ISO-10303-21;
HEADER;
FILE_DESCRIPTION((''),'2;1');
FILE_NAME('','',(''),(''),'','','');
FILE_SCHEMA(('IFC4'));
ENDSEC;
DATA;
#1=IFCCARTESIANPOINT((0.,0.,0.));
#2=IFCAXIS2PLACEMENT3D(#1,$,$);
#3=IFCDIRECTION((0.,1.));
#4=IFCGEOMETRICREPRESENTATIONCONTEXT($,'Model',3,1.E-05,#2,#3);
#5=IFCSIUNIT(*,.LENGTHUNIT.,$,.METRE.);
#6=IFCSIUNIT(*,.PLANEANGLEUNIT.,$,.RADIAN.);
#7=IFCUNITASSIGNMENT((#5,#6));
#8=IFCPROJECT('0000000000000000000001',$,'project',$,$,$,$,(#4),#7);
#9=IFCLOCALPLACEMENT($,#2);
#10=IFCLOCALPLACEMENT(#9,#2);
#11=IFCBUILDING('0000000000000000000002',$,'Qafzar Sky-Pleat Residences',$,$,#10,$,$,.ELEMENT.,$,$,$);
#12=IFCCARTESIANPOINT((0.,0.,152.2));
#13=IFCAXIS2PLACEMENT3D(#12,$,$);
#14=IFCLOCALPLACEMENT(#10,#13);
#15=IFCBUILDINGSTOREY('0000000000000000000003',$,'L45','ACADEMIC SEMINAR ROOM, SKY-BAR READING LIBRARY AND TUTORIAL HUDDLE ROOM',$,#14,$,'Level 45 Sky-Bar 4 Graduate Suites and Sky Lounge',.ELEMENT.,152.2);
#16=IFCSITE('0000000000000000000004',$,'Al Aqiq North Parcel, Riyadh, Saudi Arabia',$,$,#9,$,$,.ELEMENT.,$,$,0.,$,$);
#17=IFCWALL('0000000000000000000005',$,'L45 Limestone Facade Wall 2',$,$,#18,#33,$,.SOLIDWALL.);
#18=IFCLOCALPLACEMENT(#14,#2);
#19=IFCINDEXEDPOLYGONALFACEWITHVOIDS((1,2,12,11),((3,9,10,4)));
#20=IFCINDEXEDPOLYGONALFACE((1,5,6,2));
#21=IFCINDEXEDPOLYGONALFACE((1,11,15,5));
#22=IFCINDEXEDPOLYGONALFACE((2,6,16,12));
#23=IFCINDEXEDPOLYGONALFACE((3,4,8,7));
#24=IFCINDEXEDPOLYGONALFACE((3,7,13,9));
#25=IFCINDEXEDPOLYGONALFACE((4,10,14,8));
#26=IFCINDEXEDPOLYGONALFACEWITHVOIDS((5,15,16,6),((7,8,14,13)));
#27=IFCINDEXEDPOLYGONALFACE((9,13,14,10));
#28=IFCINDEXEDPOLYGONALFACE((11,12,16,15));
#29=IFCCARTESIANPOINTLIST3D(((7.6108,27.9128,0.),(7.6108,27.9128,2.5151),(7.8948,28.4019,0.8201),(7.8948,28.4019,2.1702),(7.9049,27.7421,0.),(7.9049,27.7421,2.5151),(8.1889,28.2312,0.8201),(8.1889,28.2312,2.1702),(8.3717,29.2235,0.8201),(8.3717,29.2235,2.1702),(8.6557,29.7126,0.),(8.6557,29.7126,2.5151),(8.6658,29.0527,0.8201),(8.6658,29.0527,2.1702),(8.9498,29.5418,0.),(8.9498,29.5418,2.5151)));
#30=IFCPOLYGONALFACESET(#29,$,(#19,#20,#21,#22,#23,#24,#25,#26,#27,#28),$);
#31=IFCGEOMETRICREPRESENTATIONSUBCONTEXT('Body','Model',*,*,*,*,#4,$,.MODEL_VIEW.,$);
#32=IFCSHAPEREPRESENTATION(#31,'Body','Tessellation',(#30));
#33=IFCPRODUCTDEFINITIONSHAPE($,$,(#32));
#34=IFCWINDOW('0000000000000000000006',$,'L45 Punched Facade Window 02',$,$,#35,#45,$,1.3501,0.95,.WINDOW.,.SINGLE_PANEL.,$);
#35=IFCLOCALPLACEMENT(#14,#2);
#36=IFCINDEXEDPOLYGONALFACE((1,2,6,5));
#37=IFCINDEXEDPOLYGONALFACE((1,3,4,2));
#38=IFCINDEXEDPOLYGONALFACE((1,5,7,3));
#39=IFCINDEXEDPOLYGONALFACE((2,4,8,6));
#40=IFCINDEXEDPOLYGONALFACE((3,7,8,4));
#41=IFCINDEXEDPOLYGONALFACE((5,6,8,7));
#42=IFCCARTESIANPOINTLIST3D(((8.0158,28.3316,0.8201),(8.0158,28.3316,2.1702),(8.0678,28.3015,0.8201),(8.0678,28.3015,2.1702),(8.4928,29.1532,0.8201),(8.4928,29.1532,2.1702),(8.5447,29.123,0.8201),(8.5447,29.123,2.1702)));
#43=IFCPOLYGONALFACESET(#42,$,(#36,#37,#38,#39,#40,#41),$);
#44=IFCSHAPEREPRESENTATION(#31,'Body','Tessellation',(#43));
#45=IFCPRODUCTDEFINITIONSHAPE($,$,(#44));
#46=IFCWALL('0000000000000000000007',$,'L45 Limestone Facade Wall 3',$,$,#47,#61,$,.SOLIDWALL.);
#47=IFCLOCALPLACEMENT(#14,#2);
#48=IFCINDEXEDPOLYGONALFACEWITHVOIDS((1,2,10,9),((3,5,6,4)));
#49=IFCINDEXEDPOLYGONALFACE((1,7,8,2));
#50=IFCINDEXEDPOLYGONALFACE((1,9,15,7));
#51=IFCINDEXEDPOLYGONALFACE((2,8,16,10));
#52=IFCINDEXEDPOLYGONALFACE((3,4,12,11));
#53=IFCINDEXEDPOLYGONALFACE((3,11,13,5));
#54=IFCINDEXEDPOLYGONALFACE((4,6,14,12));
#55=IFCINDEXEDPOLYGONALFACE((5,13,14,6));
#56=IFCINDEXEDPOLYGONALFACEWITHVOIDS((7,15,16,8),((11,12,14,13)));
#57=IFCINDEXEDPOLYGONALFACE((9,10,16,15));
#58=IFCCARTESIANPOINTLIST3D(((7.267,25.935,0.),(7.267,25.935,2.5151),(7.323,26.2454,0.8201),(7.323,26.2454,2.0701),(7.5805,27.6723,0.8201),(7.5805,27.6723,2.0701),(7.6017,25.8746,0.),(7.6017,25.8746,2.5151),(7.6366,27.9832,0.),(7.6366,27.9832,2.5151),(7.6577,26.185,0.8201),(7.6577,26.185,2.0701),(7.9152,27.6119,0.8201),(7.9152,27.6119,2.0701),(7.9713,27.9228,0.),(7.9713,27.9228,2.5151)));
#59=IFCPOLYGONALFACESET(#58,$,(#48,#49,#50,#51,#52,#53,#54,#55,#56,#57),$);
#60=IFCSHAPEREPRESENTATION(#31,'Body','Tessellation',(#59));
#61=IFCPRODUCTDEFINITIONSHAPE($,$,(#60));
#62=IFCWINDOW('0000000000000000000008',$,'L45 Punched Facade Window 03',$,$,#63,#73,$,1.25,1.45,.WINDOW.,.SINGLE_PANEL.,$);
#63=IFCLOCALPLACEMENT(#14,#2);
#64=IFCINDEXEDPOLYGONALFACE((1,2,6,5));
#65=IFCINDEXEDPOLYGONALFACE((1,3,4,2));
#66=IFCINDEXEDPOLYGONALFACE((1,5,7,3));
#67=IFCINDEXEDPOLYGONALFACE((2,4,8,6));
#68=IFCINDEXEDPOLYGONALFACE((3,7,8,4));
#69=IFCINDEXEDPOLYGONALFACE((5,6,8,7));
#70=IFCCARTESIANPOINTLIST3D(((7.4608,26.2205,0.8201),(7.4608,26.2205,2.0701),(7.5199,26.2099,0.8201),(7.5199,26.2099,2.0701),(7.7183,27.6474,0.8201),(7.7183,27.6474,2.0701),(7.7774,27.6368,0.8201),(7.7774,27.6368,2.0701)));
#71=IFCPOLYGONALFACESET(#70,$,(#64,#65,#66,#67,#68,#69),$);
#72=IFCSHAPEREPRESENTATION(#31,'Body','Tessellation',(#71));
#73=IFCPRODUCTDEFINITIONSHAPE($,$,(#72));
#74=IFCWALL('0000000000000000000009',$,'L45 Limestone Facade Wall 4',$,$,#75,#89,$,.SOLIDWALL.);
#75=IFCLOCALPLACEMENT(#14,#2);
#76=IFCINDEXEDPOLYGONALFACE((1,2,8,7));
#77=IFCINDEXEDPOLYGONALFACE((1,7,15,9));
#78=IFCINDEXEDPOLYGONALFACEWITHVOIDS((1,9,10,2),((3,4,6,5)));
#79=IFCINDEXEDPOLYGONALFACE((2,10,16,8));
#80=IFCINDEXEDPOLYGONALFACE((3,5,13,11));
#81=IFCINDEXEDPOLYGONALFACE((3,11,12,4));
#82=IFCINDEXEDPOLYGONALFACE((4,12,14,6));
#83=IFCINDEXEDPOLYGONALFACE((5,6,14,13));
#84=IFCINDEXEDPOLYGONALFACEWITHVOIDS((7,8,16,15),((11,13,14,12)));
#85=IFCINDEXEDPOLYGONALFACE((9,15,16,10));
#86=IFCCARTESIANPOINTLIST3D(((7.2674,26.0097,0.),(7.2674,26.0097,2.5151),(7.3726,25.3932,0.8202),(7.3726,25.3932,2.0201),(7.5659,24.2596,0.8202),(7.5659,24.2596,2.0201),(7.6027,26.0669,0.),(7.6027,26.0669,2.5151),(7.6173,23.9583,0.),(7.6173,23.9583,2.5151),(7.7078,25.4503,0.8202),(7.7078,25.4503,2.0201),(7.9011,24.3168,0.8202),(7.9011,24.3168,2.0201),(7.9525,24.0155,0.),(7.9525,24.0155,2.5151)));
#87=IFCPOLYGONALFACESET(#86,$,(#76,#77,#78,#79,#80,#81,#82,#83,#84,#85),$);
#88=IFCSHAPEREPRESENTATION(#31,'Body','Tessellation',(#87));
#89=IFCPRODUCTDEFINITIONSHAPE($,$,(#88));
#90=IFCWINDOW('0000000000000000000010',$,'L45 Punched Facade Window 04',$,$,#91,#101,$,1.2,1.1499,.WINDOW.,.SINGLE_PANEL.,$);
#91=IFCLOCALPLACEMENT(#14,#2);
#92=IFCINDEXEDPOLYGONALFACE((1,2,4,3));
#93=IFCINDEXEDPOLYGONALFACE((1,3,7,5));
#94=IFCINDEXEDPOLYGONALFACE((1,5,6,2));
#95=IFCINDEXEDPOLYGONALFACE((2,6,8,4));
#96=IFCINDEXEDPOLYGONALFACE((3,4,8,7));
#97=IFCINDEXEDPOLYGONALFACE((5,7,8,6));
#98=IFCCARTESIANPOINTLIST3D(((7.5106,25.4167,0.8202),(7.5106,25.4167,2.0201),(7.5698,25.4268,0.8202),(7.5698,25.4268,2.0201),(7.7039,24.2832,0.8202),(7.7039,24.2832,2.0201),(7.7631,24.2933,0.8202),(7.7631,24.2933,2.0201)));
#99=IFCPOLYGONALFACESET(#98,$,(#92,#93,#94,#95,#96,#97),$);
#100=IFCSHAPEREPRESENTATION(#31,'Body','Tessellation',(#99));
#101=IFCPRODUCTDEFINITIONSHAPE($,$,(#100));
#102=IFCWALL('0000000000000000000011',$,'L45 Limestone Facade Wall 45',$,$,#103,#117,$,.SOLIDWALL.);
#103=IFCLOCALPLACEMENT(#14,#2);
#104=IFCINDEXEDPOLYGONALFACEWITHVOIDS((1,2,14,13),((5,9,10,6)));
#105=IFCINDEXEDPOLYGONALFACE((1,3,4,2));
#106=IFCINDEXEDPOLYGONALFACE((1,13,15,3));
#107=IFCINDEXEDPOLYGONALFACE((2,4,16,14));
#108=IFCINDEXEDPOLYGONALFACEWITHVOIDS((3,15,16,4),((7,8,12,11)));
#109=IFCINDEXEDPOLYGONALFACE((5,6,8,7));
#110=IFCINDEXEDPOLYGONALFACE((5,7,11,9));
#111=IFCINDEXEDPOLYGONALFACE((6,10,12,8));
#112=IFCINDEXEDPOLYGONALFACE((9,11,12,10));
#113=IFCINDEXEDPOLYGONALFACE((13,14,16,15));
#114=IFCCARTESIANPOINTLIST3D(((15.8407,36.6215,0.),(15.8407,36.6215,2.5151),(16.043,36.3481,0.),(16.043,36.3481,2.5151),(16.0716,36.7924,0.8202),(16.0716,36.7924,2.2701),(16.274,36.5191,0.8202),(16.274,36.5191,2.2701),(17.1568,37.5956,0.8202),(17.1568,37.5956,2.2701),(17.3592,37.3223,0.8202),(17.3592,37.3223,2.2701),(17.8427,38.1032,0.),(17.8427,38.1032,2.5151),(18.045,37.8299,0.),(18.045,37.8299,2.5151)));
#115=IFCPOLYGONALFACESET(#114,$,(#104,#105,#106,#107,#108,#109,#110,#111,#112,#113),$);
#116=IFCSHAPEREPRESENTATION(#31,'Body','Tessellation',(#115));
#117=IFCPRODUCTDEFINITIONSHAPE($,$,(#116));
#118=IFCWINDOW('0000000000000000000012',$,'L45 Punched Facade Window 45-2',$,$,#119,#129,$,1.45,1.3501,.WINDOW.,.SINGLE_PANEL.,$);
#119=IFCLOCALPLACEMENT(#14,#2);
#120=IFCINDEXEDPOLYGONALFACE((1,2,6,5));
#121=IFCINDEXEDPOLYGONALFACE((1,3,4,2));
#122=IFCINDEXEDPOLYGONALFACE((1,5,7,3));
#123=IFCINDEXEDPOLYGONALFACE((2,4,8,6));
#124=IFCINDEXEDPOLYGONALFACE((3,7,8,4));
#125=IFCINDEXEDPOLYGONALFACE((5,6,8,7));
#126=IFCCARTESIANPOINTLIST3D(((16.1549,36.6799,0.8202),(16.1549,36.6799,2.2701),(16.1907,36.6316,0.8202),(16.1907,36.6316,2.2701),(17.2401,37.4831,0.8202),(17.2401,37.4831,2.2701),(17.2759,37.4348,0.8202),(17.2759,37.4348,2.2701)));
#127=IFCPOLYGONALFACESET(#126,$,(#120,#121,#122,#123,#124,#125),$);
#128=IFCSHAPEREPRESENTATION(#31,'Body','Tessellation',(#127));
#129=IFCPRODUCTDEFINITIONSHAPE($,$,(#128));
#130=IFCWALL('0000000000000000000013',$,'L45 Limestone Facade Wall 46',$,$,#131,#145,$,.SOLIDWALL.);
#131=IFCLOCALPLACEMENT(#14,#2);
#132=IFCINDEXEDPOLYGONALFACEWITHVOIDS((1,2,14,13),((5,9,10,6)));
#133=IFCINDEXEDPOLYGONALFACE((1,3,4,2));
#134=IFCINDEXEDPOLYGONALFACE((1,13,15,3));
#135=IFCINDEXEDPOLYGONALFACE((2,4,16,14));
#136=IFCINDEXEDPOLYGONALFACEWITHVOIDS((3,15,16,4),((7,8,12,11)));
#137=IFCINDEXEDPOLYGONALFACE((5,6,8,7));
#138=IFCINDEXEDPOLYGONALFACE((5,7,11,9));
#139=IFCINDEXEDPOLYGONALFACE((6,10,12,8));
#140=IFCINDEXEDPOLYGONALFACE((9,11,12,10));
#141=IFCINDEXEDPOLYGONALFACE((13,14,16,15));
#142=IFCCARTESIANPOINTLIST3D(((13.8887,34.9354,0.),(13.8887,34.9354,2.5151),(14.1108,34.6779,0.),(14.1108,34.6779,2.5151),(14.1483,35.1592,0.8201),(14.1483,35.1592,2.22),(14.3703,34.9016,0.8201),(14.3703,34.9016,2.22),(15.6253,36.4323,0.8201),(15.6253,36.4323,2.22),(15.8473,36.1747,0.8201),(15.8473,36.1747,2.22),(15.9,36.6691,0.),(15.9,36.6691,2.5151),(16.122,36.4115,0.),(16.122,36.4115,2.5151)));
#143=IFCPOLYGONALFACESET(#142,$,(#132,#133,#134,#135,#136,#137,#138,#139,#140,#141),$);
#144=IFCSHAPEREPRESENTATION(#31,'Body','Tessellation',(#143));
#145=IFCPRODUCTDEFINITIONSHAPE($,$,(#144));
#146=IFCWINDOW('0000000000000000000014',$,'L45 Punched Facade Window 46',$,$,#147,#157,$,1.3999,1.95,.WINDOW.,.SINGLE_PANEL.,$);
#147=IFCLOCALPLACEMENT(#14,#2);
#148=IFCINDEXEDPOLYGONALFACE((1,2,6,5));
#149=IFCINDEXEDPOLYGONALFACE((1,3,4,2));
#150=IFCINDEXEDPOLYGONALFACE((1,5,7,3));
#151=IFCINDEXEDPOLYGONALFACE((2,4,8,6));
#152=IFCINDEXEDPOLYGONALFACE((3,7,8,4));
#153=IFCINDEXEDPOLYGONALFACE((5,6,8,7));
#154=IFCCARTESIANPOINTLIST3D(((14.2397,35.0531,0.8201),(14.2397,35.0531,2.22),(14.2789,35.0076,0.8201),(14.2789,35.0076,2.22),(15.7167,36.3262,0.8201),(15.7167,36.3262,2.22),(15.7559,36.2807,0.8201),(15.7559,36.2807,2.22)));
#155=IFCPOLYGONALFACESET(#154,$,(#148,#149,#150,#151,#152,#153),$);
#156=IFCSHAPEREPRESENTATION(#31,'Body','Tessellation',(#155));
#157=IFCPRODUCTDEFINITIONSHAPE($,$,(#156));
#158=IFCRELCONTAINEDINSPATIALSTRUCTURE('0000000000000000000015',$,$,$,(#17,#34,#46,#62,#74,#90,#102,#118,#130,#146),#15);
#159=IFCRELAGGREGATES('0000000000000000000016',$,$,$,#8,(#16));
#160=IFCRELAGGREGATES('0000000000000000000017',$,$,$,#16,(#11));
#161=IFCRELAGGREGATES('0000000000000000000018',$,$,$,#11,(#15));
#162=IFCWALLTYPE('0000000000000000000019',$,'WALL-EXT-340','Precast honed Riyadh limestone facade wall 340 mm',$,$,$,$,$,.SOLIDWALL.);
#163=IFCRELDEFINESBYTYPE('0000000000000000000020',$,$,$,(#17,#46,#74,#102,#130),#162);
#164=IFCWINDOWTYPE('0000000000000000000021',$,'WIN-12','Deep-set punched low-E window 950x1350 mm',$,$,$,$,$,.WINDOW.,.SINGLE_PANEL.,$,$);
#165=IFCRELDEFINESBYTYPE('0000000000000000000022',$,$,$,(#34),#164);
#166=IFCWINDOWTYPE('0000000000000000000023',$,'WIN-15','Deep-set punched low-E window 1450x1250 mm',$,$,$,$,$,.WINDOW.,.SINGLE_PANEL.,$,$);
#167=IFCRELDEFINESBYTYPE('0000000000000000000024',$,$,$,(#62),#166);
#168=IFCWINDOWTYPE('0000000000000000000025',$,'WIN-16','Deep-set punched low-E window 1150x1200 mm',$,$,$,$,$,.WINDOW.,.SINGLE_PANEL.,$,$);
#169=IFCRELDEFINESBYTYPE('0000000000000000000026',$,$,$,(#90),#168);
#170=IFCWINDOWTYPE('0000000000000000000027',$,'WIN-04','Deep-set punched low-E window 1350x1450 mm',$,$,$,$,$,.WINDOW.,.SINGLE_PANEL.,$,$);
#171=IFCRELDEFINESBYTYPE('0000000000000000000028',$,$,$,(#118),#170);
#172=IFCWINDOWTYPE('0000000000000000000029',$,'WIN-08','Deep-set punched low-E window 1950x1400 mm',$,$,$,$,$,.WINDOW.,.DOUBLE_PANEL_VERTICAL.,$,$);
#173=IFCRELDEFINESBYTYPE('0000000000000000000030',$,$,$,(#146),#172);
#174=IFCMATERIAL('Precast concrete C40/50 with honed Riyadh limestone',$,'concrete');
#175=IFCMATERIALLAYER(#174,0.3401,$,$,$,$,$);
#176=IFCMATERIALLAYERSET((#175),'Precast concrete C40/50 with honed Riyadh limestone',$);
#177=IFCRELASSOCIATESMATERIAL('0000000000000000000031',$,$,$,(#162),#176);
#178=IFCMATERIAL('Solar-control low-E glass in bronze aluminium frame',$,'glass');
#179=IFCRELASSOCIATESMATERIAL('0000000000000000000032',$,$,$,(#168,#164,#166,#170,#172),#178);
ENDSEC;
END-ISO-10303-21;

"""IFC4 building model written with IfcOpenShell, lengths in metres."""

from ifc_helpers import new_model, si_unit, direction, frame, frame_2d, origin, place, context, subcontext, project, spatial, rectangle, extrude, source, transform, mapped, material, layer, layer_set, type_object, element, fill, save


model = new_model("IFC4")

# Units and contexts
model_context = context("Model", 3, precision=1e-05, world=origin(), true_north=direction((0.0, 1.0)))
body_context = subcontext(model_context, "Body", "Model", "MODEL_VIEW")
ifc_project = project(units=[si_unit("LENGTHUNIT", "METRE"), si_unit("PLANEANGLEUNIT", "RADIAN")], contexts=[model_context])

# Site, building, storey
site_placement = place(None, origin())
site = spatial("IfcSite", under=ifc_project, at=site_placement, Name="Al Aqiq North Parcel, Riyadh, Saudi Arabia", CompositionType="ELEMENT", RefElevation=0.0)
building_placement = place(site_placement, origin())
building = spatial("IfcBuilding", under=site, at=building_placement, Name="Qafzar Sky-Pleat Residences", CompositionType="ELEMENT")
storey_placement = place(building_placement, frame((0.0, 0.0, 152.2)))
storey = spatial("IfcBuildingStorey", under=building, at=storey_placement, Name="L45", Description="ACADEMIC SEMINAR ROOM, SKY-BAR READING LIBRARY AND TUTORIAL HUDDLE ROOM", LongName="Level 45 Sky-Bar 4 Graduate Suites and Sky Lounge", CompositionType="ELEMENT", Elevation=152.2)

# Walls, openings, windows
ifc_material_1 = material(Name="Precast concrete C40/50 with honed Riyadh limestone", Category="concrete")
ifc_layer_1 = layer(ifc_material_1, 0.3401)
ifc_layer_set_1 = layer_set([ifc_layer_1], Name="Precast concrete C40/50 with honed Riyadh limestone")
wall_type_1 = type_object("IfcWallType", Name="WALL-EXT-340", Description="Precast honed Riyadh limestone facade wall 340 mm", PredefinedType="SOLIDWALL", material=ifc_layer_set_1)
ifc_material_2 = material(Name="Solar-control low-E glass in bronze aluminium frame", Category="glass")
window_type_1 = type_object("IfcWindowType", Name="WIN-16", Description="Deep-set punched low-E window 1150x1200 mm", PartitioningType="SINGLE_PANEL", PredefinedType="WINDOW", material=ifc_material_2)
shared_shape_1 = source(origin(), body_context, "Body", "SweptSolid", [
    extrude(rectangle(XDim=1.1499, YDim=1.2, at=frame_2d((0.575, 0.6001))), frame((0.0, 0.03, 0.0), z_axis=(0.0, -1.0, 0.0), x_axis=(1.0, 0.0, 0.0)), (0.0, 0.0, 1.0), 0.0601),
])
wall_1_placement = place(storey_placement, frame((8.8027, 29.6272, 0.0), z_axis=(0.0, 0.0, 1.0), x_axis=(-0.50209, -0.864815, 0.0)))
wall_1 = element("IfcWall", 1, at=wall_1_placement, inside=storey, type_object=wall_type_1, Name="L45 Limestone Facade Wall 2", PredefinedType="SOLIDWALL", context=body_context, shape_type="SweptSolid", body=[
    extrude(rectangle(XDim=2.0811, YDim=0.3401, at=frame_2d((1.0405, 0.0))), origin(), (0.0, 0.0, 1.0), 2.5151),
])
opening_1_placement = place(wall_1_placement, frame((0.5654, 0.0, 0.8201)))
opening_1 = element("IfcOpeningElement", 2, at=opening_1_placement, cuts=wall_1, PredefinedType="OPENING", context=body_context, shape_type="SweptSolid", body=[
    extrude(rectangle(XDim=0.95, YDim=1.3501, at=frame_2d((0.4751, 0.675))), frame((0.0, 0.1802, 0.0), z_axis=(0.0, -1.0, 0.0), x_axis=(1.0, 0.0, 0.0)), (0.0, 0.0, 1.0), 0.3601),
])
window_type_2 = type_object("IfcWindowType", Name="WIN-12", Description="Deep-set punched low-E window 950x1350 mm", PartitioningType="SINGLE_PANEL", PredefinedType="WINDOW", material=ifc_material_2)
shared_shape_2 = source(origin(), body_context, "Body", "SweptSolid", [
    extrude(rectangle(XDim=0.95, YDim=1.3501, at=frame_2d((0.4751, 0.675))), frame((0.0, 0.03, 0.0), z_axis=(0.0, -1.0, 0.0), x_axis=(1.0, 0.0, 0.0)), (0.0, 0.0, 1.0), 0.0601),
])
window_1_placement = place(opening_1_placement, origin())
window_1 = element("IfcWindow", 3, at=window_1_placement, inside=storey, type_object=window_type_2, Name="L45 Punched Facade Window 02", OverallHeight=1.3501, OverallWidth=0.95, PartitioningType="SINGLE_PANEL", PredefinedType="WINDOW", context=body_context, shape_type="MappedRepresentation", body=[
    mapped(shared_shape_2, transform((0.0, 0.0, 0.0), x_axis=(1.0, 0.0, 0.0), y_axis=(0.0, 1.0, 0.0), z_axis=(0.0, 0.0, 1.0), scale=1.0)),
])
fill(opening_1, window_1)
wall_2_placement = place(storey_placement, frame((7.804, 27.9529, 0.0), z_axis=(0.0, 0.0, 1.0), x_axis=(-0.177605, -0.984102, 0.0)))
wall_2 = element("IfcWall", 4, at=wall_2_placement, inside=storey, type_object=wall_type_1, Name="L45 Limestone Facade Wall 3", PredefinedType="SOLIDWALL", context=body_context, shape_type="SweptSolid", body=[
    extrude(rectangle(XDim=2.0813, YDim=0.3401, at=frame_2d((1.0405, 0.0))), origin(), (0.0, 0.0, 1.0), 2.5151),
])
opening_2_placement = place(wall_2_placement, frame((0.3157, 0.0, 0.8201)))
opening_2 = element("IfcOpeningElement", 5, at=opening_2_placement, cuts=wall_2, PredefinedType="OPENING", context=body_context, shape_type="SweptSolid", body=[
    extrude(rectangle(XDim=1.45, YDim=1.25, at=frame_2d((0.7251, 0.625))), frame((0.0, 0.1802, 0.0), z_axis=(0.0, -1.0, 0.0), x_axis=(1.0, 0.0, 0.0)), (0.0, 0.0, 1.0), 0.3601),
])
window_type_3 = type_object("IfcWindowType", Name="WIN-15", Description="Deep-set punched low-E window 1450x1250 mm", PartitioningType="SINGLE_PANEL", PredefinedType="WINDOW", material=ifc_material_2)
shared_shape_3 = source(origin(), body_context, "Body", "SweptSolid", [
    extrude(rectangle(XDim=1.45, YDim=1.25, at=frame_2d((0.7251, 0.625))), frame((0.0, 0.03, 0.0), z_axis=(0.0, -1.0, 0.0), x_axis=(1.0, 0.0, 0.0)), (0.0, 0.0, 1.0), 0.0601),
])
window_2_placement = place(opening_2_placement, origin())
window_2 = element("IfcWindow", 6, at=window_2_placement, inside=storey, type_object=window_type_3, Name="L45 Punched Facade Window 03", OverallHeight=1.25, OverallWidth=1.45, PartitioningType="SINGLE_PANEL", PredefinedType="WINDOW", context=body_context, shape_type="MappedRepresentation", body=[
    mapped(shared_shape_3, transform((0.0, 0.0, 0.0), x_axis=(1.0, 0.0, 0.0), y_axis=(0.0, 1.0, 0.0), z_axis=(0.0, 0.0, 1.0), scale=1.0)),
])
fill(opening_2, window_2)
wall_3_placement = place(storey_placement, frame((7.4351, 26.0383, 0.0), z_axis=(0.0, 0.0, 1.0), x_axis=(0.168107, -0.985769, 0.0)))
wall_3 = element("IfcWall", 7, at=wall_3_placement, inside=storey, type_object=wall_type_1, Name="L45 Limestone Facade Wall 4", PredefinedType="SOLIDWALL", context=body_context, shape_type="SweptSolid", body=[
    extrude(rectangle(XDim=2.0811, YDim=0.3401, at=frame_2d((1.0405, 0.0))), origin(), (0.0, 0.0, 1.0), 2.5151),
])
opening_3_placement = place(wall_3_placement, frame((0.6255, 0.0, 0.8201)))
opening_3 = element("IfcOpeningElement", 8, at=opening_3_placement, cuts=wall_3, PredefinedType="OPENING", context=body_context, shape_type="SweptSolid", body=[
    extrude(rectangle(XDim=1.1499, YDim=1.2, at=frame_2d((0.575, 0.6001))), frame((0.0, 0.1802, 0.0), z_axis=(0.0, -1.0, 0.0), x_axis=(1.0, 0.0, 0.0)), (0.0, 0.0, 1.0), 0.3601),
])
window_3_placement = place(opening_3_placement, origin())
window_3 = element("IfcWindow", 9, at=window_3_placement, inside=storey, type_object=window_type_1, Name="L45 Punched Facade Window 04", OverallHeight=1.2, OverallWidth=1.1499, PartitioningType="SINGLE_PANEL", PredefinedType="WINDOW", context=body_context, shape_type="MappedRepresentation", body=[
    mapped(shared_shape_1, transform((0.0, 0.0, 0.0), x_axis=(1.0, 0.0, 0.0), y_axis=(0.0, 1.0, 0.0), z_axis=(0.0, 0.0, 1.0), scale=1.0)),
])
fill(opening_3, window_3)
wall_4_placement = place(storey_placement, frame((17.9438, 37.9666, 0.0), z_axis=(0.0, 0.0, 1.0), x_axis=(-0.803795, -0.594906, 0.0)))
wall_4 = element("IfcWall", 10, at=wall_4_placement, inside=storey, type_object=wall_type_1, Name="L45 Limestone Facade Wall 45", PredefinedType="SOLIDWALL", context=body_context, shape_type="SweptSolid", body=[
    extrude(rectangle(XDim=2.4907, YDim=0.3401, at=frame_2d((1.2454, 0.0))), origin(), (0.0, 0.0, 1.0), 2.5151),
])
opening_4_placement = place(wall_4_placement, frame((0.8533, 0.0, 0.8201)))
opening_4 = element("IfcOpeningElement", 11, at=opening_4_placement, cuts=wall_4, PredefinedType="OPENING", context=body_context, shape_type="SweptSolid", body=[
    extrude(rectangle(XDim=1.3501, YDim=1.45, at=frame_2d((0.675, 0.7251))), frame((0.0, 0.1802, 0.0), z_axis=(0.0, -1.0, 0.0), x_axis=(1.0, 0.0, 0.0)), (0.0, 0.0, 1.0), 0.3601),
])
window_type_4 = type_object("IfcWindowType", Name="WIN-04", Description="Deep-set punched low-E window 1350x1450 mm", PartitioningType="SINGLE_PANEL", PredefinedType="WINDOW", material=ifc_material_2)
shared_shape_4 = source(origin(), body_context, "Body", "SweptSolid", [
    extrude(rectangle(XDim=1.3501, YDim=1.45, at=frame_2d((0.675, 0.7251))), frame((0.0, 0.03, 0.0), z_axis=(0.0, -1.0, 0.0), x_axis=(1.0, 0.0, 0.0)), (0.0, 0.0, 1.0), 0.0601),
])
window_4_placement = place(opening_4_placement, origin())
window_4 = element("IfcWindow", 12, at=window_4_placement, inside=storey, type_object=window_type_4, Name="L45 Punched Facade Window 45-2", OverallHeight=1.45, OverallWidth=1.3501, PartitioningType="SINGLE_PANEL", PredefinedType="WINDOW", context=body_context, shape_type="MappedRepresentation", body=[
    mapped(shared_shape_4, transform((0.0, 0.0, 0.0), x_axis=(1.0, 0.0, 0.0), y_axis=(0.0, 1.0, 0.0), z_axis=(0.0, 0.0, 1.0), scale=1.0)),
])
fill(opening_4, window_4)
wall_5_placement = place(storey_placement, frame((16.011, 36.5403, 0.0), z_axis=(0.0, 0.0, 1.0), x_axis=(-0.757443, -0.652901, 0.0)))
wall_5 = element("IfcWall", 13, at=wall_5_placement, inside=storey, type_object=wall_type_1, Name="L45 Limestone Facade Wall 46", PredefinedType="SOLIDWALL", context=body_context, shape_type="SweptSolid", body=[
    extrude(rectangle(XDim=2.6553, YDim=0.3401, at=frame_2d((1.3276, 0.0))), origin(), (0.0, 0.0, 1.0), 2.5151),
])
opening_5_placement = place(wall_5_placement, frame((0.3625, 0.0, 0.8201)))
opening_5 = element("IfcOpeningElement", 14, at=opening_5_placement, cuts=wall_5, PredefinedType="OPENING", context=body_context, shape_type="SweptSolid", body=[
    extrude(rectangle(XDim=1.95, YDim=1.3999, at=frame_2d((0.9751, 0.7))), frame((0.0, 0.1802, 0.0), z_axis=(0.0, -1.0, 0.0), x_axis=(1.0, 0.0, 0.0)), (0.0, 0.0, 1.0), 0.3601),
])
window_type_5 = type_object("IfcWindowType", Name="WIN-08", Description="Deep-set punched low-E window 1950x1400 mm", PartitioningType="DOUBLE_PANEL_VERTICAL", PredefinedType="WINDOW", material=ifc_material_2)
shared_shape_5 = source(origin(), body_context, "Body", "SweptSolid", [
    extrude(rectangle(XDim=1.95, YDim=1.3999, at=frame_2d((0.9751, 0.7))), frame((0.0, 0.03, 0.0), z_axis=(0.0, -1.0, 0.0), x_axis=(1.0, 0.0, 0.0)), (0.0, 0.0, 1.0), 0.0601),
])
window_5_placement = place(opening_5_placement, origin())
window_5 = element("IfcWindow", 15, at=window_5_placement, inside=storey, type_object=window_type_5, Name="L45 Punched Facade Window 46", OverallHeight=1.3999, OverallWidth=1.95, PartitioningType="SINGLE_PANEL", PredefinedType="WINDOW", context=body_context, shape_type="MappedRepresentation", body=[
    mapped(shared_shape_5, transform((0.0, 0.0, 0.0), x_axis=(1.0, 0.0, 0.0), y_axis=(0.0, 1.0, 0.0), z_axis=(0.0, 0.0, 1.0), scale=1.0)),
])
fill(opening_5, window_5)

save(model, "model.ifc")
